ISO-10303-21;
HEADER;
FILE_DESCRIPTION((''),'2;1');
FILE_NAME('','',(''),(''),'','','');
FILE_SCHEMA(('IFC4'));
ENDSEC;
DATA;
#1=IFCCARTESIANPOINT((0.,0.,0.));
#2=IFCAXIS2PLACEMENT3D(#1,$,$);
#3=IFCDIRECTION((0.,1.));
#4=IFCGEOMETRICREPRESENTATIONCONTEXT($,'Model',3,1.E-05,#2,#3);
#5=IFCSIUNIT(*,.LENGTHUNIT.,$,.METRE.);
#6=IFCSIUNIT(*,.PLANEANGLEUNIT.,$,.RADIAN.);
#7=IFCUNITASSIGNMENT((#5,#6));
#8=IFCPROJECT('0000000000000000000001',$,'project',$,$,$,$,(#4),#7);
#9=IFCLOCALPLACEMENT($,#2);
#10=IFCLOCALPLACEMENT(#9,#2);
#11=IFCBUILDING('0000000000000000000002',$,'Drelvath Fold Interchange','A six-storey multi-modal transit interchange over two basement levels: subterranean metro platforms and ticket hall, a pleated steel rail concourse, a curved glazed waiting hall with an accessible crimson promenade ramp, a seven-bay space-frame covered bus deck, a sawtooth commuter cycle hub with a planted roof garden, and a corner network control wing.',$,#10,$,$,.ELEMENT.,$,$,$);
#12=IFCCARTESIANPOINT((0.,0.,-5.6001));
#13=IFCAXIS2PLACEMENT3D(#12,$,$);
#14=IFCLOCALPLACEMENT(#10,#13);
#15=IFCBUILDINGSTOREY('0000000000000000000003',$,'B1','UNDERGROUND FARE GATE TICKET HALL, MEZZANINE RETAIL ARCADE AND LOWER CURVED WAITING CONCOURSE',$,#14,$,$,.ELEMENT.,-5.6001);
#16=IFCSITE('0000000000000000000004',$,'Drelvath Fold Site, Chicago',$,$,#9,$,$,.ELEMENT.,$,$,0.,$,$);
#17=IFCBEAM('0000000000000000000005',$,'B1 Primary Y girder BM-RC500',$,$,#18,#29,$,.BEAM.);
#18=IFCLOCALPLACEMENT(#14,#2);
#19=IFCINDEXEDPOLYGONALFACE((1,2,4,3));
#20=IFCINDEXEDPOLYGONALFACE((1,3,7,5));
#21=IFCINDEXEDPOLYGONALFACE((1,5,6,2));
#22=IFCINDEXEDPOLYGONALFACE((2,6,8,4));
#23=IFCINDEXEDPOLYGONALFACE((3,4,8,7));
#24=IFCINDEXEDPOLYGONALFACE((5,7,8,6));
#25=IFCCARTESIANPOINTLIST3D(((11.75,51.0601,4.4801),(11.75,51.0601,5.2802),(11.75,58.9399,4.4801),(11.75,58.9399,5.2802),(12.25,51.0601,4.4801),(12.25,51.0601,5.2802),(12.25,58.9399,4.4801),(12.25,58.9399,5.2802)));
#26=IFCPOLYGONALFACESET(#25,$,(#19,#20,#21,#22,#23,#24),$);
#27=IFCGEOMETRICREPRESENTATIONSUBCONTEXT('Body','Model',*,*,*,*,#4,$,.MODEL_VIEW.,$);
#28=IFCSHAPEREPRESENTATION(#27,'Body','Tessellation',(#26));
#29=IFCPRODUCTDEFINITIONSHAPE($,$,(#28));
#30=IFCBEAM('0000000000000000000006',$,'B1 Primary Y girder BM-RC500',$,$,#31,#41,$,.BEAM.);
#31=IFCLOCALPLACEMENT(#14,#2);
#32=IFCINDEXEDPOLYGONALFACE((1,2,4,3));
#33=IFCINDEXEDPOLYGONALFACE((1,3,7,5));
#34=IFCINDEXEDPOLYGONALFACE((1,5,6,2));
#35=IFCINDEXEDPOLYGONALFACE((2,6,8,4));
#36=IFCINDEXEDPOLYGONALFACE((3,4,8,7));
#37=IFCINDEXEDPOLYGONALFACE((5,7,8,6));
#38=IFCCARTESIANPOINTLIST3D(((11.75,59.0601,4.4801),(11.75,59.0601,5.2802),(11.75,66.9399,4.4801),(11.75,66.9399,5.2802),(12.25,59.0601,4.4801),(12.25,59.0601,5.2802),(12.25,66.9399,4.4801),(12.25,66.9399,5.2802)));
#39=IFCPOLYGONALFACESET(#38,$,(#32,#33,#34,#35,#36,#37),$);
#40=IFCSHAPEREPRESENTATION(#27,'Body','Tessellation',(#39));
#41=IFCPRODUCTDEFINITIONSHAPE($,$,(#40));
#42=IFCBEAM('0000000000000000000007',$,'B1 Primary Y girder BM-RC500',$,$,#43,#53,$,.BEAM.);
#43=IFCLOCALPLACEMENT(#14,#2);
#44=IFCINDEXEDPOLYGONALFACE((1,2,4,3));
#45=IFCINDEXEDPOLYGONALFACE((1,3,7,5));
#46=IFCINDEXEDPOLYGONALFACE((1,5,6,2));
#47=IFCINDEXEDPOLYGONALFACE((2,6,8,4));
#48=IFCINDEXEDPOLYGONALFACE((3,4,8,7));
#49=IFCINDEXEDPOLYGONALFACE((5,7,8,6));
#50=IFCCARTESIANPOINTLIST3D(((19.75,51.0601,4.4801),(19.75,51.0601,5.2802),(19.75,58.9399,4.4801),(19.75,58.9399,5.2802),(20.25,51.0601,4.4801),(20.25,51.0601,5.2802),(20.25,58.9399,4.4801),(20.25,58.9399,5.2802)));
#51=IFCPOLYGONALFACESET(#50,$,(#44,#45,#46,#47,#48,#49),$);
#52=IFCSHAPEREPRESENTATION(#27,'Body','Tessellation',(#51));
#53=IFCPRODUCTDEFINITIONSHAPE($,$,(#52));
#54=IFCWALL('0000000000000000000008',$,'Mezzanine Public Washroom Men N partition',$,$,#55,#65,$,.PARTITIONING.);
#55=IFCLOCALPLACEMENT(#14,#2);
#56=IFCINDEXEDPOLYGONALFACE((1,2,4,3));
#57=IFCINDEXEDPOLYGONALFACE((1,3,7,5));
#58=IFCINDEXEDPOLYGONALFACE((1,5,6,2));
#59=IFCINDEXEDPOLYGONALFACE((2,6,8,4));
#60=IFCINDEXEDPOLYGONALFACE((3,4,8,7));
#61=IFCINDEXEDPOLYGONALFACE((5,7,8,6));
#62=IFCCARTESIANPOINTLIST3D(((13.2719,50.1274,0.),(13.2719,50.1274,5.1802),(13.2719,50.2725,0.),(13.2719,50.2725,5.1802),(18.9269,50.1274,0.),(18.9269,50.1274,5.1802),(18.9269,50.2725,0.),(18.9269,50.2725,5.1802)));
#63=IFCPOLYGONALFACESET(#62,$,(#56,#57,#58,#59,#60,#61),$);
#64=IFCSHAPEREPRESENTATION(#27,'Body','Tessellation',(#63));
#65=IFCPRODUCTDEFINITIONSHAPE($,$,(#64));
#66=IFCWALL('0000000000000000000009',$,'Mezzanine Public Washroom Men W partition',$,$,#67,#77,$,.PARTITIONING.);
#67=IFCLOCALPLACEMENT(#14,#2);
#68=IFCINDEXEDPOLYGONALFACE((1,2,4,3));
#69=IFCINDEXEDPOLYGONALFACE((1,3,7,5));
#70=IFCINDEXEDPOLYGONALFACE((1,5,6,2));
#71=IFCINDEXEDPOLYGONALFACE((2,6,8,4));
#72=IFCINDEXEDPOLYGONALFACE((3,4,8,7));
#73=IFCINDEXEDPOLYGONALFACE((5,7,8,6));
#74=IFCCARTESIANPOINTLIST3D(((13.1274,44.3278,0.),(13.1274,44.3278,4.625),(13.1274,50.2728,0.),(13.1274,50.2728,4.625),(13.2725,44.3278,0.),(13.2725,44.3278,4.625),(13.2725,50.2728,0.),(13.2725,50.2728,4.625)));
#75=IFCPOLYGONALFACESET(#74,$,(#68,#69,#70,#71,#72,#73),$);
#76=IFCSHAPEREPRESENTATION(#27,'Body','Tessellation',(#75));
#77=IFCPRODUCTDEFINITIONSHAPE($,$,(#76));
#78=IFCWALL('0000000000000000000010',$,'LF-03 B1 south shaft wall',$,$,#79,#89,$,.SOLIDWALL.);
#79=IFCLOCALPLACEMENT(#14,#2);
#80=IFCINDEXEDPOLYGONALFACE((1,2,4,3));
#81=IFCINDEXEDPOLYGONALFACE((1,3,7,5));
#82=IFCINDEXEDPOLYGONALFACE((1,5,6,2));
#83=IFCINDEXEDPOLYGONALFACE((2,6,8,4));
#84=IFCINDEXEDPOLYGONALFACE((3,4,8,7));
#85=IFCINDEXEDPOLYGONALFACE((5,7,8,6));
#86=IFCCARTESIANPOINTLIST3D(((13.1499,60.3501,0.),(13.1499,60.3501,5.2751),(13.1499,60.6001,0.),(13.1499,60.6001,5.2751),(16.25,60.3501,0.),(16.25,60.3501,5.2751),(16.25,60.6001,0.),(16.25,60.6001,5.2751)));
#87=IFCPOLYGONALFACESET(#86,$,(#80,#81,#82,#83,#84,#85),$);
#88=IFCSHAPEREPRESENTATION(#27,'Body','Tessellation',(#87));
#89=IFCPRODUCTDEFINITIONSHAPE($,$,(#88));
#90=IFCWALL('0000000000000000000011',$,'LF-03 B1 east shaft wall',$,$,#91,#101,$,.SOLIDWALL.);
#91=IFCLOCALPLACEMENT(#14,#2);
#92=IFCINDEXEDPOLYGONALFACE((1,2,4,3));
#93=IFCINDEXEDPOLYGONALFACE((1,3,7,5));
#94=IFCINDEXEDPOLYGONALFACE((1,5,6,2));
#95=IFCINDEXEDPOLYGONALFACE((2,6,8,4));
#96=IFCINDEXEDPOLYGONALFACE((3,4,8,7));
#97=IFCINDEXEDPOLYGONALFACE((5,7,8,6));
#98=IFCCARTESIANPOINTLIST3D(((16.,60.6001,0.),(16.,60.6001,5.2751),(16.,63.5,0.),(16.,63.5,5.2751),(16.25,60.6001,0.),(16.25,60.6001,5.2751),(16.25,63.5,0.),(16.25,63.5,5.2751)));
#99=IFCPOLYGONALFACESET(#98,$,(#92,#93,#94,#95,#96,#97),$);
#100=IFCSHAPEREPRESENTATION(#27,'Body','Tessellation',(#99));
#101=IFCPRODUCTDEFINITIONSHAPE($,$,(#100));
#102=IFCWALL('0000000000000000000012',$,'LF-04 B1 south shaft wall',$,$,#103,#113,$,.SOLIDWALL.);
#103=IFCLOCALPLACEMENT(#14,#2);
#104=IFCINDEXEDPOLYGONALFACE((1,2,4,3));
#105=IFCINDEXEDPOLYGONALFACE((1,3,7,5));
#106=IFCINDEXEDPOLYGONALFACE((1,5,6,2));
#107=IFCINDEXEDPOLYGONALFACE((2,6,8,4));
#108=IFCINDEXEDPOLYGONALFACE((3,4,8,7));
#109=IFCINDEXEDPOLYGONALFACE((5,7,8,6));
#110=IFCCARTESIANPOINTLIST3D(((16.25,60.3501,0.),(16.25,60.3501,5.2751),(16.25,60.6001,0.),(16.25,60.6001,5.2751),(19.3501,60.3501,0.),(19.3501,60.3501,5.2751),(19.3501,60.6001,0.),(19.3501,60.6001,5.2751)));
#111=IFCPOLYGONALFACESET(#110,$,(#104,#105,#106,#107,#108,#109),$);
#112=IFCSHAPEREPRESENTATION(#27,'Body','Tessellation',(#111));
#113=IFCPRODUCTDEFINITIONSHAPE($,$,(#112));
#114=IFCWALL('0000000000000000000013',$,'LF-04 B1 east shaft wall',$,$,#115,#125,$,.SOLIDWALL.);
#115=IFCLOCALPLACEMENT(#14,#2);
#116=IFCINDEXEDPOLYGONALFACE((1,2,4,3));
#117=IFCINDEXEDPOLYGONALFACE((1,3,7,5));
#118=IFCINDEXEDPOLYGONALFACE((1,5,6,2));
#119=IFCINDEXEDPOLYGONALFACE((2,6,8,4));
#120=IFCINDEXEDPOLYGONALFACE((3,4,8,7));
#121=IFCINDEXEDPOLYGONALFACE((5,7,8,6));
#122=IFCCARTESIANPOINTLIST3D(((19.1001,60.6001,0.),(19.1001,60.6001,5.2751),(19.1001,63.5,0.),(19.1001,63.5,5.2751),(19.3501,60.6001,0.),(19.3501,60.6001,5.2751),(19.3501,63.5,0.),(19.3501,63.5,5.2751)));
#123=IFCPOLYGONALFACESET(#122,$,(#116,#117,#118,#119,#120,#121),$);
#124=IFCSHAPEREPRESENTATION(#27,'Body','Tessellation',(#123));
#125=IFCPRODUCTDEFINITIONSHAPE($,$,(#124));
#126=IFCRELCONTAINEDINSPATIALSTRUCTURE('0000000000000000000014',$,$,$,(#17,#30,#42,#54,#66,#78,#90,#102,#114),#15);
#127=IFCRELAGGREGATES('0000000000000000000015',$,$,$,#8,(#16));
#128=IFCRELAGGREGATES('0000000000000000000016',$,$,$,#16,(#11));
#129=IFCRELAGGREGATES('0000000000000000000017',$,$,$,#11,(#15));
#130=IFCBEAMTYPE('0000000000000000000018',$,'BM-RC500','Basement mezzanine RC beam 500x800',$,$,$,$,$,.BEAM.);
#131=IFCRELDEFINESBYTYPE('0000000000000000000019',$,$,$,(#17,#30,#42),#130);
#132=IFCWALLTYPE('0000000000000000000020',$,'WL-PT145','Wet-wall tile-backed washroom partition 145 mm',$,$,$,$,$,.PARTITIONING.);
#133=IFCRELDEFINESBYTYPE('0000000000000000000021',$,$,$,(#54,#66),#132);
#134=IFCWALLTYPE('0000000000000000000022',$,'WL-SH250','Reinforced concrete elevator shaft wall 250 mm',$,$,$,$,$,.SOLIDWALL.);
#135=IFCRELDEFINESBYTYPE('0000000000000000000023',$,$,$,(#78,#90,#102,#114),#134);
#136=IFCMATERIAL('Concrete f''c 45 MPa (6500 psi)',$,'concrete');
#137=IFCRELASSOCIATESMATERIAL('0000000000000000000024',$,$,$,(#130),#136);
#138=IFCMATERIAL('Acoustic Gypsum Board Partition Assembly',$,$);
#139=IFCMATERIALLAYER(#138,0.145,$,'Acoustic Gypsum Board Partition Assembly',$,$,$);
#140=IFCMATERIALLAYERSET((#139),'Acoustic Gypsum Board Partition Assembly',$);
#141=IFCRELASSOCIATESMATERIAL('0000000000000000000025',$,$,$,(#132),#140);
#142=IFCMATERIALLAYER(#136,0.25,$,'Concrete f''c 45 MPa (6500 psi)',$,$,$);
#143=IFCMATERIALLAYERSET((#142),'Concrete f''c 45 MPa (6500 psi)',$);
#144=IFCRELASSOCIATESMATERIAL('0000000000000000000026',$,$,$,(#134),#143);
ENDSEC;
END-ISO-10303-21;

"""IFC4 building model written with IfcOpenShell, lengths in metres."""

from ifc_helpers import new_model, si_unit, direction, frame, frame_2d, origin, origin_2d, place, context, subcontext, project, spatial, rectangle, extrude, material, layer, layer_set, material_profile, profile_set, type_object, element, save


model = new_model("IFC4")

# Units and contexts
model_context = context("Model", 3, precision=1e-05, world=origin(), true_north=direction((0.0, 1.0)))
body_context = subcontext(model_context, "Body", "Model", "MODEL_VIEW")
ifc_project = project(units=[si_unit("LENGTHUNIT", "METRE"), si_unit("PLANEANGLEUNIT", "RADIAN")], contexts=[model_context])

# Site, building, storey
site_placement = place(None, origin())
site = spatial("IfcSite", under=ifc_project, at=site_placement, Name="Drelvath Fold Site, Chicago", CompositionType="ELEMENT", RefElevation=0.0)
building_placement = place(site_placement, origin())
building = spatial("IfcBuilding", under=site, at=building_placement, Name="Drelvath Fold Interchange", Description="A six-storey multi-modal transit interchange over two basement levels: subterranean metro platforms and ticket hall, a pleated steel rail concourse, a curved glazed waiting hall with an accessible crimson promenade ramp, a seven-bay space-frame covered bus deck, a sawtooth commuter cycle hub with a planted roof garden, and a corner network control wing.", CompositionType="ELEMENT")
storey_placement = place(building_placement, frame((0.0, 0.0, -5.6001)))
storey = spatial("IfcBuildingStorey", under=building, at=storey_placement, Name="B1", Description="UNDERGROUND FARE GATE TICKET HALL, MEZZANINE RETAIL ARCADE AND LOWER CURVED WAITING CONCOURSE", CompositionType="ELEMENT", Elevation=-5.6001)

# Beams
ifc_material_1 = material(Name="Concrete f'c 45 MPa (6500 psi)", Category="concrete")
ifc_material_profile_1 = material_profile(ifc_material_1, rectangle(XDim=0.5, YDim=0.8, at=origin_2d()), Name="RC 500x800")
ifc_profile_set_1 = profile_set([ifc_material_profile_1], Name="Concrete f'c 45 MPa (6500 psi)")
beam_type_1 = type_object("IfcBeamType", Name="BM-RC500", Description="Basement mezzanine RC beam 500x800", PredefinedType="BEAM", material=ifc_profile_set_1)
for number, where, z_axis, x_axis, name in (
    (1, (12.0, 51.0601, 4.8801), (0.0, 1.0, 0.0), (-1.0, 0.0, 0.0), "B1 Primary Y girder BM-RC500"),
    (2, (12.0, 59.0601, 4.8801), (0.0, 1.0, 0.0), (-1.0, 0.0, 0.0), "B1 Primary Y girder BM-RC500"),
    (3, (20.0, 51.0601, 4.8801), (0.0, 1.0, 0.0), (-1.0, 0.0, 0.0), "B1 Primary Y girder BM-RC500"),
):
    element("IfcBeam", number, at=place(storey_placement, frame(where, z_axis=z_axis, x_axis=x_axis)), inside=storey, type_object=beam_type_1, Name=name, PredefinedType="BEAM", context=body_context, shape_type="SweptSolid", body=[
        extrude(rectangle(XDim=0.5, YDim=0.8, at=origin_2d()), origin(), (0.0, 0.0, 1.0), 7.8799),
    ])

# Walls
ifc_material_2 = material(Name="Acoustic Gypsum Board Partition Assembly")
ifc_layer_1 = layer(ifc_material_2, 0.145, Name="Acoustic Gypsum Board Partition Assembly")
ifc_layer_set_1 = layer_set([ifc_layer_1], Name="Acoustic Gypsum Board Partition Assembly")
wall_type_1 = type_object("IfcWallType", Name="WL-PT145", Description="Wet-wall tile-backed washroom partition 145 mm", PredefinedType="PARTITIONING", material=ifc_layer_set_1)
wall_1_placement = place(storey_placement, frame((18.927, 50.2, 0.0), z_axis=(0.0, 0.0, 1.0), x_axis=(-1.0, 0.0, 0.0)))
element("IfcWall", 4, at=wall_1_placement, inside=storey, type_object=wall_type_1, Name="Mezzanine Public Washroom Men N partition", PredefinedType="PARTITIONING", context=body_context, shape_type="SweptSolid", body=[
    extrude(rectangle(XDim=5.655, YDim=0.145, at=frame_2d((2.8276, 0.0))), origin(), (0.0, 0.0, 1.0), 5.1802),
])
wall_2_placement = place(storey_placement, frame((13.2, 50.2729, 0.0), z_axis=(0.0, 0.0, 1.0), x_axis=(0.0, -1.0, 0.0)))
element("IfcWall", 5, at=wall_2_placement, inside=storey, type_object=wall_type_1, Name="Mezzanine Public Washroom Men W partition", PredefinedType="PARTITIONING", context=body_context, shape_type="SweptSolid", body=[
    extrude(rectangle(XDim=5.9451, YDim=0.145, at=frame_2d((2.9727, 0.0))), origin(), (0.0, 0.0, 1.0), 4.625),
])
ifc_layer_2 = layer(ifc_material_1, 0.25, Name="Concrete f'c 45 MPa (6500 psi)")
ifc_layer_set_2 = layer_set([ifc_layer_2], Name="Concrete f'c 45 MPa (6500 psi)")
wall_type_2 = type_object("IfcWallType", Name="WL-SH250", Description="Reinforced concrete elevator shaft wall 250 mm", PredefinedType="SOLIDWALL", material=ifc_layer_set_2)
wall_3_placement = place(storey_placement, frame((13.1499, 60.4751, 0.0), z_axis=(0.0, 0.0, 1.0), x_axis=(1.0, 0.0, 0.0)))
element("IfcWall", 6, at=wall_3_placement, inside=storey, type_object=wall_type_2, Name="LF-03 B1 south shaft wall", PredefinedType="SOLIDWALL", context=body_context, shape_type="SweptSolid", body=[
    extrude(rectangle(XDim=3.1001, YDim=0.25, at=frame_2d((1.55, 0.0))), origin(), (0.0, 0.0, 1.0), 5.2751),
])
wall_4_placement = place(storey_placement, frame((16.125, 60.6001, 0.0), z_axis=(0.0, 0.0, 1.0), x_axis=(0.0, 1.0, 0.0)))
element("IfcWall", 7, at=wall_4_placement, inside=storey, type_object=wall_type_2, Name="LF-03 B1 east shaft wall", PredefinedType="SOLIDWALL", context=body_context, shape_type="SweptSolid", body=[
    extrude(rectangle(XDim=2.8999, YDim=0.25, at=frame_2d((1.45, 0.0))), origin(), (0.0, 0.0, 1.0), 5.2751),
])
wall_5_placement = place(storey_placement, frame((16.25, 60.4751, 0.0), z_axis=(0.0, 0.0, 1.0), x_axis=(1.0, 0.0, 0.0)))
element("IfcWall", 8, at=wall_5_placement, inside=storey, type_object=wall_type_2, Name="LF-04 B1 south shaft wall", PredefinedType="SOLIDWALL", context=body_context, shape_type="SweptSolid", body=[
    extrude(rectangle(XDim=3.1001, YDim=0.25, at=frame_2d((1.55, 0.0))), origin(), (0.0, 0.0, 1.0), 5.2751),
])
wall_6_placement = place(storey_placement, frame((19.2251, 60.6001, 0.0), z_axis=(0.0, 0.0, 1.0), x_axis=(0.0, 1.0, 0.0)))
element("IfcWall", 9, at=wall_6_placement, inside=storey, type_object=wall_type_2, Name="LF-04 B1 east shaft wall", PredefinedType="SOLIDWALL", context=body_context, shape_type="SweptSolid", body=[
    extrude(rectangle(XDim=2.8999, YDim=0.25, at=frame_2d((1.45, 0.0))), origin(), (0.0, 0.0, 1.0), 5.2751),
])

save(model, "model.ifc")
